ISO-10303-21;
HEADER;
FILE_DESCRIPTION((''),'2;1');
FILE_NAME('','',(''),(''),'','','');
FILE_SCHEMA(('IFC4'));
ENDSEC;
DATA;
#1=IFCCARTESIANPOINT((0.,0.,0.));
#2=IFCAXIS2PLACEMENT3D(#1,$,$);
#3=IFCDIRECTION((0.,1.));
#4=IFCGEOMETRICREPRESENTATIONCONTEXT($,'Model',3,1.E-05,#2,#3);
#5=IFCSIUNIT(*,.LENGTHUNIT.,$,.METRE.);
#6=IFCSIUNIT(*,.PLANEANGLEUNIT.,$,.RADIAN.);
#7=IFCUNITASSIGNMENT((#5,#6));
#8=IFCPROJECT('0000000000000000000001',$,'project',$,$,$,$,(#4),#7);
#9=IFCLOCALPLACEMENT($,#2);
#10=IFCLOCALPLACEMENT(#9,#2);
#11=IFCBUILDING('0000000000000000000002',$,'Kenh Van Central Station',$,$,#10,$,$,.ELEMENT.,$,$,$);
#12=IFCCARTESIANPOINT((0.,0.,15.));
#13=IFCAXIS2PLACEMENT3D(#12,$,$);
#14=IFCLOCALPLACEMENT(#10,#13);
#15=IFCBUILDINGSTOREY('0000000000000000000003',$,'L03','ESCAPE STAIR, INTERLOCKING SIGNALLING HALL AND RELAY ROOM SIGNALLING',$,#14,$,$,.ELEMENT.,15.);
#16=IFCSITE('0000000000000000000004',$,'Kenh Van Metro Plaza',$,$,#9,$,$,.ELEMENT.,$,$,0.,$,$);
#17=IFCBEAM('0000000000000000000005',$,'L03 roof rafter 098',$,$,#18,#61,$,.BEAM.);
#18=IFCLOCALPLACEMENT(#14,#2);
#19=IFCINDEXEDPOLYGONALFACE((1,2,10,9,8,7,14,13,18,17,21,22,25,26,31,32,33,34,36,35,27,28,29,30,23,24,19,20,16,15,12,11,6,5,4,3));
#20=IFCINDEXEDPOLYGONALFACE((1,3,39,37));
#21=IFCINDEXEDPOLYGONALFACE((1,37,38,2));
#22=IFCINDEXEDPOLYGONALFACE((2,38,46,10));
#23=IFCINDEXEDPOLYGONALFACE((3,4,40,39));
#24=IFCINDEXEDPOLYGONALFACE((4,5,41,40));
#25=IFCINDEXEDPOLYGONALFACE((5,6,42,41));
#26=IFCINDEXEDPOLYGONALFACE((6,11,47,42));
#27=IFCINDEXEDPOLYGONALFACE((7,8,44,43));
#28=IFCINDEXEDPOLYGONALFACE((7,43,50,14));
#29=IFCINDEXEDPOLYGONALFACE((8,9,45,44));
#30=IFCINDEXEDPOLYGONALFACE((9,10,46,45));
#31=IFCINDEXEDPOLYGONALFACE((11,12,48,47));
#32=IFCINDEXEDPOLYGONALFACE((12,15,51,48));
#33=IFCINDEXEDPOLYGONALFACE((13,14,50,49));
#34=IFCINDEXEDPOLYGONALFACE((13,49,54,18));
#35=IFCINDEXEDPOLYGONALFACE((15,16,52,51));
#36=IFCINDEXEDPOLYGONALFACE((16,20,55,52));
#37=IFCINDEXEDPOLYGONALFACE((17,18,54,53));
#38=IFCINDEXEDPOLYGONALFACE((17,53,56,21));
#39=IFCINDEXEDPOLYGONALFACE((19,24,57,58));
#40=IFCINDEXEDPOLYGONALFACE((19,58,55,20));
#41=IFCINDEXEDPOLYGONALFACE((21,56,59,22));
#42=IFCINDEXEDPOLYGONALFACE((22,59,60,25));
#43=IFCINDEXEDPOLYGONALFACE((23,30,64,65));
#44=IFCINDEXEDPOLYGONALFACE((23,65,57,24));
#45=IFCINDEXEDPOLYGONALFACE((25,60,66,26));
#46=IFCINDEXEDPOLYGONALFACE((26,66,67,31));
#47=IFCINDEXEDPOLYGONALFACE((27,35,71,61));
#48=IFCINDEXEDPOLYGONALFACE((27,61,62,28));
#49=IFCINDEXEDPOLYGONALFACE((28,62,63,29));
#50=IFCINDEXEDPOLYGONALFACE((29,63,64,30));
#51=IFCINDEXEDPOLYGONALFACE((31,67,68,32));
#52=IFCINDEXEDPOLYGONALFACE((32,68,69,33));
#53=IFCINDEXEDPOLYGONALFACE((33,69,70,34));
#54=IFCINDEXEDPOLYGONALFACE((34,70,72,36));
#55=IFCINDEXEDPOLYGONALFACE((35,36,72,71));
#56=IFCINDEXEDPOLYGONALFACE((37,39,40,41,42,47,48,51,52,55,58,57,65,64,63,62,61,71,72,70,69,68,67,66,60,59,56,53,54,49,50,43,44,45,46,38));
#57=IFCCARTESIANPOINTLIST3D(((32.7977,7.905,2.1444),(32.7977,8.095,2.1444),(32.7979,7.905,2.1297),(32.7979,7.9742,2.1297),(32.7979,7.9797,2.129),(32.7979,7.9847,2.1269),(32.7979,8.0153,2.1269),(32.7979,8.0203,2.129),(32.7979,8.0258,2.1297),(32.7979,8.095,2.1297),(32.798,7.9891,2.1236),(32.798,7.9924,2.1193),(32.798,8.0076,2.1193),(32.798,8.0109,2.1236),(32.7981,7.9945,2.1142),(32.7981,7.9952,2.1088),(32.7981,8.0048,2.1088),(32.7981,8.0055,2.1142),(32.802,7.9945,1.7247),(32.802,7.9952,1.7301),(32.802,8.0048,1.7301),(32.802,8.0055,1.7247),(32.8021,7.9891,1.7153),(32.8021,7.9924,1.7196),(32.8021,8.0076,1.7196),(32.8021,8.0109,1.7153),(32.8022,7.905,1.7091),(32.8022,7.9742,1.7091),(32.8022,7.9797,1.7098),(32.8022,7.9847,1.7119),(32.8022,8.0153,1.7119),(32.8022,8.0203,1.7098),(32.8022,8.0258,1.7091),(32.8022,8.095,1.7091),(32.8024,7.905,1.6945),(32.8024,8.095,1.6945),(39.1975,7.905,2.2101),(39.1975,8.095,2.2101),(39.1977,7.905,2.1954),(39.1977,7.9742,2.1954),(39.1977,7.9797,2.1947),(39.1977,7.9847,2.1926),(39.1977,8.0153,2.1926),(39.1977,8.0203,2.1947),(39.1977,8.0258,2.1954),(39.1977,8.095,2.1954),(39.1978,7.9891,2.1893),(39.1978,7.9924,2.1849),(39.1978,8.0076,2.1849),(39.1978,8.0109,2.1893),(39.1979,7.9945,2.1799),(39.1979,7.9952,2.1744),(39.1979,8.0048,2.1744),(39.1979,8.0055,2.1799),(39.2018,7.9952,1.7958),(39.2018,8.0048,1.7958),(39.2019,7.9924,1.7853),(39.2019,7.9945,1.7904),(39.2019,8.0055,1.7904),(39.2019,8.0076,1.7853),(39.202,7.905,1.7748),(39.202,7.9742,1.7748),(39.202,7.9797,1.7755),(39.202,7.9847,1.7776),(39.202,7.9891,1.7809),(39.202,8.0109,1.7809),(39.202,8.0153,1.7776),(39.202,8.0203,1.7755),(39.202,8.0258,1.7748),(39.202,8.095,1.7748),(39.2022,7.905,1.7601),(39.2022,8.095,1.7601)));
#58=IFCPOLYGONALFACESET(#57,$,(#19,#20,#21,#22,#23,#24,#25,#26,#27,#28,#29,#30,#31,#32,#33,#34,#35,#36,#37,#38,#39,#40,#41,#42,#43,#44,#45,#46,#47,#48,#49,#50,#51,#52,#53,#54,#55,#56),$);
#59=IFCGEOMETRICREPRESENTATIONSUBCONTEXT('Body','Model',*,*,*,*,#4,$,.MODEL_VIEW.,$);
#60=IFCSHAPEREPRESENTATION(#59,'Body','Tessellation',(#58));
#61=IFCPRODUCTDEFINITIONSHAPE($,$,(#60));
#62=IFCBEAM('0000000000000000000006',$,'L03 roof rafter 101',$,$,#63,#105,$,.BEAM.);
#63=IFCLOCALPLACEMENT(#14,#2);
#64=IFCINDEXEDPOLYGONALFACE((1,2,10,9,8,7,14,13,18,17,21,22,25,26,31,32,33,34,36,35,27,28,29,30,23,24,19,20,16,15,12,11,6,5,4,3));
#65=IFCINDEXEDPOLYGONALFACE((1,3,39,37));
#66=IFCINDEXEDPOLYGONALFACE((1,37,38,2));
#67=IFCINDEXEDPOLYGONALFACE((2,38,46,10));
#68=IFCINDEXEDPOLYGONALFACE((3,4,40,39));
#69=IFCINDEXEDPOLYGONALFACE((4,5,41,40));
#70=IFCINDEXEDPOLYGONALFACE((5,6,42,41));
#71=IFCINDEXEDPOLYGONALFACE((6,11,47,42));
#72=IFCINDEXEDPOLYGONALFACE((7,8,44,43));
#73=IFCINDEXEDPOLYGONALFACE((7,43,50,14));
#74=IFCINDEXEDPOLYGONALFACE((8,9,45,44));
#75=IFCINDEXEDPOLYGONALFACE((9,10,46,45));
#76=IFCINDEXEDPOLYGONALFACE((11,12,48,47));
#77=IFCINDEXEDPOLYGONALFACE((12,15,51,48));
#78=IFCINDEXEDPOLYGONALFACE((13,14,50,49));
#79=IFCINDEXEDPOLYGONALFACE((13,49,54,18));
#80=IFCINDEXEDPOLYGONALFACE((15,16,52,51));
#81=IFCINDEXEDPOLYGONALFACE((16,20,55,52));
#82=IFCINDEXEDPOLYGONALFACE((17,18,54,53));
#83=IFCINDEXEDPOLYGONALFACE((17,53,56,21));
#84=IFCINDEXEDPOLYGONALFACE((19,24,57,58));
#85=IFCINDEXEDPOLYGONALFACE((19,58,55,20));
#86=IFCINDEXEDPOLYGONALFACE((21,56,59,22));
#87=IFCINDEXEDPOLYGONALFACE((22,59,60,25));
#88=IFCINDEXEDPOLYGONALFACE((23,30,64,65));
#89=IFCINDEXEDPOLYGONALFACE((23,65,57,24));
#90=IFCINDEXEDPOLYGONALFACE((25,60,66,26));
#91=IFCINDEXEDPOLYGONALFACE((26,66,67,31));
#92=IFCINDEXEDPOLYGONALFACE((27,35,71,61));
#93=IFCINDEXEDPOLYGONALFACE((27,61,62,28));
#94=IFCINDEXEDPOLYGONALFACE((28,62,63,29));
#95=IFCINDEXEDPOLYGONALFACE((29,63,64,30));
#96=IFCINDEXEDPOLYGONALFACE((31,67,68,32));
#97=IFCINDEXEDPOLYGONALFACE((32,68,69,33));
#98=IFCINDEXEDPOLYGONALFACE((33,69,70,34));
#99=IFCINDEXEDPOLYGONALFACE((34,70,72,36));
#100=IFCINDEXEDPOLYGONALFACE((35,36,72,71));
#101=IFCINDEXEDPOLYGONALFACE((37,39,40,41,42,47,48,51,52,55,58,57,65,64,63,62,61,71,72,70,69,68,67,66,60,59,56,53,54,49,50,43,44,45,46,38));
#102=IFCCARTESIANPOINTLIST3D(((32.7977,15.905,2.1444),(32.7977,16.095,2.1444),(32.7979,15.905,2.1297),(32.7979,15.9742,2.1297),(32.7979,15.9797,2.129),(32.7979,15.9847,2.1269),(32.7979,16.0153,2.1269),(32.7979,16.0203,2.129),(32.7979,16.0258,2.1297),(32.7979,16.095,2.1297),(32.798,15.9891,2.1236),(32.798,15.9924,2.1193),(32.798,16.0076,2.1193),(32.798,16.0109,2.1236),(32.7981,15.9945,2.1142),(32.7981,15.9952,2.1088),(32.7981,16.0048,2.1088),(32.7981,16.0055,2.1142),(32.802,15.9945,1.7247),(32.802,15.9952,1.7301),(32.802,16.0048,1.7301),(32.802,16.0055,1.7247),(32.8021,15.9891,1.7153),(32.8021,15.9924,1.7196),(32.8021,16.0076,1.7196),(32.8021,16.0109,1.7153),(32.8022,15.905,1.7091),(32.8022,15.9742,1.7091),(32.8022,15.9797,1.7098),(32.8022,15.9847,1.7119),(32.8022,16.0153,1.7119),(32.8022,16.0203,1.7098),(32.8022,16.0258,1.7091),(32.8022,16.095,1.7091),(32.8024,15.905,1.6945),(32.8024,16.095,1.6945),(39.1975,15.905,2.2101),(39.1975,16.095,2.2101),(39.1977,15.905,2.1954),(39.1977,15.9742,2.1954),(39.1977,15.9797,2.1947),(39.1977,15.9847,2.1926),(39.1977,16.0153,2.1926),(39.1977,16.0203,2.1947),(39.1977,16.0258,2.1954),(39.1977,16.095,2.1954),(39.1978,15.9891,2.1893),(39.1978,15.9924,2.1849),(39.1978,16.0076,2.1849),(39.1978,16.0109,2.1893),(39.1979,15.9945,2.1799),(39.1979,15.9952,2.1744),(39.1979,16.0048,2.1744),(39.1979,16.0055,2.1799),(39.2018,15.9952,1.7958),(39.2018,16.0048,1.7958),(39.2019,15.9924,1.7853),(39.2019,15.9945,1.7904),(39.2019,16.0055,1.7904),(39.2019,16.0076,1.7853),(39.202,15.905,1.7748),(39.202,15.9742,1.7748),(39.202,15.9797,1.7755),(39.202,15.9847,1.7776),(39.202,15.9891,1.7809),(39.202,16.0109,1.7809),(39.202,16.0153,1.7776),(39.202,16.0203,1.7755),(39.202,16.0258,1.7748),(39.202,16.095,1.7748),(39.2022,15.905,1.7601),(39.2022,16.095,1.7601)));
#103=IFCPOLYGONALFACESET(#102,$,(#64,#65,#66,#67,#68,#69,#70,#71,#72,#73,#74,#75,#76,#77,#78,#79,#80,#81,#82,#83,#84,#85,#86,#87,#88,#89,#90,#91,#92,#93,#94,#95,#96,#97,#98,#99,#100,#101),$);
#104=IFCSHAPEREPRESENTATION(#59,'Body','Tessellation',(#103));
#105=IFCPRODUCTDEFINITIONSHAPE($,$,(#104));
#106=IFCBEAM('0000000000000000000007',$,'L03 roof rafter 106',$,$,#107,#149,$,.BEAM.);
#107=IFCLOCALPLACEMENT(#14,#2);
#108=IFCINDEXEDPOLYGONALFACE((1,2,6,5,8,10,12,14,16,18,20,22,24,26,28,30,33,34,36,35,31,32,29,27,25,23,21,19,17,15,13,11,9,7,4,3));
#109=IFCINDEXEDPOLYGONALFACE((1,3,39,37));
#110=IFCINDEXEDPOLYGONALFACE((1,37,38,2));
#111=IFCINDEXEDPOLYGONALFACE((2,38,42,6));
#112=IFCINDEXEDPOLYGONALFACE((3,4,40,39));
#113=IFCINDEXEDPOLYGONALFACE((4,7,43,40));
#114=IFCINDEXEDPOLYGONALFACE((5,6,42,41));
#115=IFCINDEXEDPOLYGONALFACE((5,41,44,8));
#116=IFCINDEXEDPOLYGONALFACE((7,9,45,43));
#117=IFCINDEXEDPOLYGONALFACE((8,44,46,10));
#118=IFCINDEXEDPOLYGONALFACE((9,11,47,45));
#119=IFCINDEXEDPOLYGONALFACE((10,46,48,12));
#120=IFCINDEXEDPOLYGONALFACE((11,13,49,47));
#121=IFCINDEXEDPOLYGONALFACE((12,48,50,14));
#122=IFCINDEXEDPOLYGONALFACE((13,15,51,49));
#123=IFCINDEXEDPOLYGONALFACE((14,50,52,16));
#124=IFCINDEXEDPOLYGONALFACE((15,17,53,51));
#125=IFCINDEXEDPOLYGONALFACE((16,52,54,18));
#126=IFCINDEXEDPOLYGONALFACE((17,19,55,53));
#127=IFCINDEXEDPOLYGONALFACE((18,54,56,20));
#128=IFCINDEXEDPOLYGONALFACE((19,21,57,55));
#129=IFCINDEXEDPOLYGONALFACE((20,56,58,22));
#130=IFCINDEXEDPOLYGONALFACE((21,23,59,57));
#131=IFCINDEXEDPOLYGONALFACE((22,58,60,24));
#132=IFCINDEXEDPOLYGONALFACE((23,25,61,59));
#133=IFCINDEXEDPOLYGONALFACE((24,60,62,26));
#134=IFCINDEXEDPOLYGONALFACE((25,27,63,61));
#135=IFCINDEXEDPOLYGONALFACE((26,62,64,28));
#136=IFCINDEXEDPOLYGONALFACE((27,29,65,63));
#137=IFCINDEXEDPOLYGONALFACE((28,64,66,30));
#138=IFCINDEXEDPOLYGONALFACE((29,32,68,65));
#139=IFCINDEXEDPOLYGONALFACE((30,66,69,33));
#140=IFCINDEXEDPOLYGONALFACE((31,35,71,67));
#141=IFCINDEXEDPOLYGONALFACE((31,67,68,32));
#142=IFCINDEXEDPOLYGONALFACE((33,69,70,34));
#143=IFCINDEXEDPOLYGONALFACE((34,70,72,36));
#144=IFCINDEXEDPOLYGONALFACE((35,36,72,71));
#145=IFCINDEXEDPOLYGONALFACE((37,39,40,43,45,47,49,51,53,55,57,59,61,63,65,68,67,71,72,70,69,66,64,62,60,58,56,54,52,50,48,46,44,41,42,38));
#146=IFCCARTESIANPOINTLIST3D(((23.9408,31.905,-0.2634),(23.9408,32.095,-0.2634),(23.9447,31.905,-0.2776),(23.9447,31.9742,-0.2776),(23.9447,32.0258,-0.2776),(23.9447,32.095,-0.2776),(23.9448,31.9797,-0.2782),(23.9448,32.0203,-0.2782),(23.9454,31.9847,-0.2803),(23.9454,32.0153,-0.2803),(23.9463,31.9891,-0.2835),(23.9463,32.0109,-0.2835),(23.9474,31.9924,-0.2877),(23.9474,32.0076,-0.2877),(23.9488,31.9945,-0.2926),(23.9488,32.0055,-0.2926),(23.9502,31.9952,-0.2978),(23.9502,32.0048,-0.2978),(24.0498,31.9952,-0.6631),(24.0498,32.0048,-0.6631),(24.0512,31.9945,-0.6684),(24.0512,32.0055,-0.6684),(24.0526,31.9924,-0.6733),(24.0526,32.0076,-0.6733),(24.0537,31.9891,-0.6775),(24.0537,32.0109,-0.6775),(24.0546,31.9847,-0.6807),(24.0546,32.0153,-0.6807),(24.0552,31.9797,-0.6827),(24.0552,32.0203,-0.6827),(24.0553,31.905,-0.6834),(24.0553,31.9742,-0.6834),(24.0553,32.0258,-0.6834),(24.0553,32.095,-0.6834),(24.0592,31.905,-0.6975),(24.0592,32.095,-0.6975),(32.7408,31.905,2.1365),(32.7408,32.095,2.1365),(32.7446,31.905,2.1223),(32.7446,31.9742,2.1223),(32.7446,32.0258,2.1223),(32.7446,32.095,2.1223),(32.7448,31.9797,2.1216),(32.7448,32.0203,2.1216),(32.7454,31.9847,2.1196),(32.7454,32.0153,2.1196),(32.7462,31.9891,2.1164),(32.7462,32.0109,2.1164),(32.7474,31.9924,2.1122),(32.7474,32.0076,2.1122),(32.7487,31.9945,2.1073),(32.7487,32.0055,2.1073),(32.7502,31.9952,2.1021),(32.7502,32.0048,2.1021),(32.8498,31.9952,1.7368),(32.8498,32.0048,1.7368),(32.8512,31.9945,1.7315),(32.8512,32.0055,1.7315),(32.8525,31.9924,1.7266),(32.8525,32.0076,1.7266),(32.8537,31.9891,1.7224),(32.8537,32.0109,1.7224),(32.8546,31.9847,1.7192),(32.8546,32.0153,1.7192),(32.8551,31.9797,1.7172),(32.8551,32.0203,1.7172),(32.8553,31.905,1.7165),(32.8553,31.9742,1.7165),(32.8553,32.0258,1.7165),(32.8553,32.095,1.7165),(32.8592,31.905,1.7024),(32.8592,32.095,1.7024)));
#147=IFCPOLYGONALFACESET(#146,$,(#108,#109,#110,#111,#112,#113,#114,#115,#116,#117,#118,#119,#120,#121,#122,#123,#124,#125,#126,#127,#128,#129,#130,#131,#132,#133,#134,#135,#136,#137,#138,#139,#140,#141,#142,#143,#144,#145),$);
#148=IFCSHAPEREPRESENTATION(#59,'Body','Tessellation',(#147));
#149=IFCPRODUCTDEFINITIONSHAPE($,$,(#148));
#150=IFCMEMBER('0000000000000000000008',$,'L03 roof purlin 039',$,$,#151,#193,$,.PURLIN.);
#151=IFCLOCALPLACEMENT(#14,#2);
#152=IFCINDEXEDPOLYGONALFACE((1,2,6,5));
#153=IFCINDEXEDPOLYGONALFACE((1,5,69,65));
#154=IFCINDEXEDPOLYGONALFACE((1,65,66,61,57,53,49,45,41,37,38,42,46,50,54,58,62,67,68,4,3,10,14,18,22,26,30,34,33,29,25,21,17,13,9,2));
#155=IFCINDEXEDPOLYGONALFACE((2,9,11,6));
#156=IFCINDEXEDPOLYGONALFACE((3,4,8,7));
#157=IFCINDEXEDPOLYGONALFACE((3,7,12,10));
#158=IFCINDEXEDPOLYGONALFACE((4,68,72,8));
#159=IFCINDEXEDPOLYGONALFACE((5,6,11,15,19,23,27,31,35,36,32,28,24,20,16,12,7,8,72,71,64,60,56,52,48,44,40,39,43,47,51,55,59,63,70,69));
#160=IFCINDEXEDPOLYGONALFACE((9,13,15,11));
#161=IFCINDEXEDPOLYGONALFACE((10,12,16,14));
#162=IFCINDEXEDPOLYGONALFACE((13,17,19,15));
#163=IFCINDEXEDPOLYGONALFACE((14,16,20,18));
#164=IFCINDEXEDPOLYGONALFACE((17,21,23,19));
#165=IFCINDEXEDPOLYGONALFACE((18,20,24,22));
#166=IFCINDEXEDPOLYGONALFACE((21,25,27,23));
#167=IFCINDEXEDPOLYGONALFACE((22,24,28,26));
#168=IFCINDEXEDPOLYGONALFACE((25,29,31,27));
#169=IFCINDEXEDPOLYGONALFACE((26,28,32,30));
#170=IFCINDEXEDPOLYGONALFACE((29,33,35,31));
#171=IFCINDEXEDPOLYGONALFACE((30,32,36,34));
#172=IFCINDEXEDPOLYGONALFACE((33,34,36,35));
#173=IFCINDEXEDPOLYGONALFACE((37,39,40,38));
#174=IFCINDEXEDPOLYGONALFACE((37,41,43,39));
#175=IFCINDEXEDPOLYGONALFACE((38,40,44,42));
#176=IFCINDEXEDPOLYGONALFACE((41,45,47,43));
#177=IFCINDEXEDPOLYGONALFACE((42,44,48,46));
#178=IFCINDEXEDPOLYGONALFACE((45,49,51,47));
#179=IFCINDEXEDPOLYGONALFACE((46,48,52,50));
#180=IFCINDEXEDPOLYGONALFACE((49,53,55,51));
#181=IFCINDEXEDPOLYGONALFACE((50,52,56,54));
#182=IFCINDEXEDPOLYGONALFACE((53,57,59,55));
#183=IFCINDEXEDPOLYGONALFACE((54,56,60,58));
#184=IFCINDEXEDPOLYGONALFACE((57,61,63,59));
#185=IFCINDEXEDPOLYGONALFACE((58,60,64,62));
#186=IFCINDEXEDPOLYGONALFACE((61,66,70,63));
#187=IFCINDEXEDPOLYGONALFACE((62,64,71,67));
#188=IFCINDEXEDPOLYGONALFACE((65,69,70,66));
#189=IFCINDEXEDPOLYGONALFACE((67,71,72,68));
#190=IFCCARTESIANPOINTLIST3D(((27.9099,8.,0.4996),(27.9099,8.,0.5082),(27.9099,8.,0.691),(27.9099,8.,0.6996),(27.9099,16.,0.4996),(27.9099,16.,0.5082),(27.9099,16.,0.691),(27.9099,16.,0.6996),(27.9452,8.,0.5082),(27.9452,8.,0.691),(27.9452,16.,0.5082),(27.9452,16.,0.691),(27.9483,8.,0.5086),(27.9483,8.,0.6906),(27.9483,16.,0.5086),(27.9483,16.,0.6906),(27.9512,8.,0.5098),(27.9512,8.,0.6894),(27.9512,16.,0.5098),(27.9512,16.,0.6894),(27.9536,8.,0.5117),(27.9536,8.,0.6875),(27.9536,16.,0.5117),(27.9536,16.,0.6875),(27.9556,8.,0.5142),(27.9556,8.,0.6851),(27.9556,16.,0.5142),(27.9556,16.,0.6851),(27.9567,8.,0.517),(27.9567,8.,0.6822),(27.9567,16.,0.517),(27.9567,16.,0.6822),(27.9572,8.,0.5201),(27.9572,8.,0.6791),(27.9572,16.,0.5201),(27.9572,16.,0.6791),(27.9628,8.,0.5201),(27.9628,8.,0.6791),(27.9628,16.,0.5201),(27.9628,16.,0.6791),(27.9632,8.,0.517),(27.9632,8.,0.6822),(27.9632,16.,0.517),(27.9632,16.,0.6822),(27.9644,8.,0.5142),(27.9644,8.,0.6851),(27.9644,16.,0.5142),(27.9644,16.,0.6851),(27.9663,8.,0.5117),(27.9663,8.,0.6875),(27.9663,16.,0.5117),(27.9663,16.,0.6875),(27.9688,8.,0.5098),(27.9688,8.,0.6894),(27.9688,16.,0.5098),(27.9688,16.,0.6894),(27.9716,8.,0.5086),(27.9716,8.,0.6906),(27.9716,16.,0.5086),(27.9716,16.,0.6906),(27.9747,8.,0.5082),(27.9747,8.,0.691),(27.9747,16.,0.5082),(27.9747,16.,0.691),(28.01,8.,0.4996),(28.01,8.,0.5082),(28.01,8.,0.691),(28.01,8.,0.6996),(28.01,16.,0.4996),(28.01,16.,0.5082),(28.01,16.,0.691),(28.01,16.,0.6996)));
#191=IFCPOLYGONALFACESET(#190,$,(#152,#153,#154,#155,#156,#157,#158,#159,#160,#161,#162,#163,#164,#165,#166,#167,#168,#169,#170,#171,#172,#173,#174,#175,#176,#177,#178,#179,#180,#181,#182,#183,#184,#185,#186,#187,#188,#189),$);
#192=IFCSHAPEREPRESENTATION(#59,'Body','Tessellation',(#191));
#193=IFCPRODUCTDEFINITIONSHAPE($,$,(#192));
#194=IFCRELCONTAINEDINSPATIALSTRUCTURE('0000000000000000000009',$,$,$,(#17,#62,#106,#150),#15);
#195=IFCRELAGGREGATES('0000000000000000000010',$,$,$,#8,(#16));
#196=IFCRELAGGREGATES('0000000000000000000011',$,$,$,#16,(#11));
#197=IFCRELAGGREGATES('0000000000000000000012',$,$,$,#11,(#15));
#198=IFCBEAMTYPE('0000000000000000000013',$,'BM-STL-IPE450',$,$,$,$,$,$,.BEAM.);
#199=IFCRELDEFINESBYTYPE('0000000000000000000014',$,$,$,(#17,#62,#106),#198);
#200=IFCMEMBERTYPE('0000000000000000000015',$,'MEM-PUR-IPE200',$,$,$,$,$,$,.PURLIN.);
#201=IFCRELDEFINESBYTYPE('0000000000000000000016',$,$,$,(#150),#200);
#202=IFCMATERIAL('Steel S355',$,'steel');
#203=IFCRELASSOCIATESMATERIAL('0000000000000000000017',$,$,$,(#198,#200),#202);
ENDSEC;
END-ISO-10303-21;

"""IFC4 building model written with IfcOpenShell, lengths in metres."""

from ifc_helpers import new_model, si_unit, direction, frame, origin, origin_2d, place, context, subcontext, project, spatial, i_section, extrude, material, material_profile, profile_set, type_object, element, save


model = new_model("IFC4")

# Units and contexts
model_context = context("Model", 3, precision=1e-05, world=origin(), true_north=direction((0.0, 1.0)))
body_context = subcontext(model_context, "Body", "Model", "MODEL_VIEW")
ifc_project = project(units=[si_unit("LENGTHUNIT", "METRE"), si_unit("PLANEANGLEUNIT", "RADIAN")], contexts=[model_context])

# Site, building, storey
site_placement = place(None, origin())
site = spatial("IfcSite", under=ifc_project, at=site_placement, Name="Kenh Van Metro Plaza", CompositionType="ELEMENT", RefElevation=0.0)
building_placement = place(site_placement, origin())
building = spatial("IfcBuilding", under=site, at=building_placement, Name="Kenh Van Central Station", CompositionType="ELEMENT")
storey_placement = place(building_placement, frame((0.0, 0.0, 15.0)))
storey = spatial("IfcBuildingStorey", under=building, at=storey_placement, Name="L03", Description="ESCAPE STAIR, INTERLOCKING SIGNALLING HALL AND RELAY ROOM SIGNALLING", CompositionType="ELEMENT", Elevation=15.0)

# Beams
ifc_material_1 = material(Name="Steel S355", Category="steel")
ifc_material_profile_1 = material_profile(ifc_material_1, i_section(OverallWidth=0.1899, OverallDepth=0.45, WebThickness=0.0095, FlangeThickness=0.0146, FilletRadius=0.021, at=origin_2d()), Name="IPE 450")
ifc_profile_set_1 = profile_set([ifc_material_profile_1], Name="Steel S355")
beam_type = type_object("IfcBeamType", Name="BM-STL-IPE450", PredefinedType="BEAM", material=ifc_profile_set_1)
for number, where, z_axis, x_axis, name in (
    (1, (32.8, 8.0, 1.9194), (0.999947, 0.0, 0.010261), (0.0, 1.0, 0.0), "L03 roof rafter 098"),
    (2, (32.8, 16.0, 1.9194), (0.999947, 0.0, 0.010261), (0.0, 1.0, 0.0), "L03 roof rafter 101"),
):
    element("IfcBeam", number, at=place(storey_placement, frame(where, z_axis=z_axis, x_axis=x_axis)), inside=storey, type_object=beam_type, Name=name, PredefinedType="BEAM", context=body_context, shape_type="SweptSolid", body=[
        extrude(i_section(OverallWidth=0.1899, OverallDepth=0.45, WebThickness=0.0095, FlangeThickness=0.0146, FilletRadius=0.021, at=origin_2d()), origin(), (0.0, 0.0, 1.0), 6.4001),
    ])
beam_placement = place(storey_placement, frame((24.0, 32.0, -0.4805), z_axis=(0.964767, 0.0, 0.263106), x_axis=(0.0, 1.0, 0.0)))
element("IfcBeam", 3, at=beam_placement, inside=storey, type_object=beam_type, Name="L03 roof rafter 106", PredefinedType="BEAM", context=body_context, shape_type="SweptSolid", body=[
    extrude(i_section(OverallWidth=0.1899, OverallDepth=0.45, WebThickness=0.0095, FlangeThickness=0.0146, FilletRadius=0.021, at=origin_2d()), origin(), (0.0, 0.0, 1.0), 9.1213),
])

# Member
ifc_material_profile_2 = material_profile(ifc_material_1, i_section(OverallWidth=0.1001, OverallDepth=0.2, WebThickness=0.0056, FlangeThickness=0.0085, FilletRadius=0.012, at=origin_2d()), Name="IPE 200")
ifc_profile_set_2 = profile_set([ifc_material_profile_2], Name="Steel S355")
member_type_1 = type_object("IfcMemberType", Name="MEM-PUR-IPE200", PredefinedType="PURLIN", material=ifc_profile_set_2)
for number, where, z_axis, x_axis, name in (
    (4, (27.96, 8.0, 0.5996), (0.0, 1.0, 0.0), (-1.0, 0.0, 0.0), "L03 roof purlin 039"),
):
    element("IfcMember", number, at=place(storey_placement, frame(where, z_axis=z_axis, x_axis=x_axis)), inside=storey, type_object=member_type_1, Name=name, PredefinedType="PURLIN", context=body_context, shape_type="SweptSolid", body=[
        extrude(i_section(OverallWidth=0.1001, OverallDepth=0.2, WebThickness=0.0056, FlangeThickness=0.0085, FilletRadius=0.012, at=origin_2d()), origin(), (0.0, 0.0, 1.0), 8.0),
    ])

save(model, "model.ifc")
